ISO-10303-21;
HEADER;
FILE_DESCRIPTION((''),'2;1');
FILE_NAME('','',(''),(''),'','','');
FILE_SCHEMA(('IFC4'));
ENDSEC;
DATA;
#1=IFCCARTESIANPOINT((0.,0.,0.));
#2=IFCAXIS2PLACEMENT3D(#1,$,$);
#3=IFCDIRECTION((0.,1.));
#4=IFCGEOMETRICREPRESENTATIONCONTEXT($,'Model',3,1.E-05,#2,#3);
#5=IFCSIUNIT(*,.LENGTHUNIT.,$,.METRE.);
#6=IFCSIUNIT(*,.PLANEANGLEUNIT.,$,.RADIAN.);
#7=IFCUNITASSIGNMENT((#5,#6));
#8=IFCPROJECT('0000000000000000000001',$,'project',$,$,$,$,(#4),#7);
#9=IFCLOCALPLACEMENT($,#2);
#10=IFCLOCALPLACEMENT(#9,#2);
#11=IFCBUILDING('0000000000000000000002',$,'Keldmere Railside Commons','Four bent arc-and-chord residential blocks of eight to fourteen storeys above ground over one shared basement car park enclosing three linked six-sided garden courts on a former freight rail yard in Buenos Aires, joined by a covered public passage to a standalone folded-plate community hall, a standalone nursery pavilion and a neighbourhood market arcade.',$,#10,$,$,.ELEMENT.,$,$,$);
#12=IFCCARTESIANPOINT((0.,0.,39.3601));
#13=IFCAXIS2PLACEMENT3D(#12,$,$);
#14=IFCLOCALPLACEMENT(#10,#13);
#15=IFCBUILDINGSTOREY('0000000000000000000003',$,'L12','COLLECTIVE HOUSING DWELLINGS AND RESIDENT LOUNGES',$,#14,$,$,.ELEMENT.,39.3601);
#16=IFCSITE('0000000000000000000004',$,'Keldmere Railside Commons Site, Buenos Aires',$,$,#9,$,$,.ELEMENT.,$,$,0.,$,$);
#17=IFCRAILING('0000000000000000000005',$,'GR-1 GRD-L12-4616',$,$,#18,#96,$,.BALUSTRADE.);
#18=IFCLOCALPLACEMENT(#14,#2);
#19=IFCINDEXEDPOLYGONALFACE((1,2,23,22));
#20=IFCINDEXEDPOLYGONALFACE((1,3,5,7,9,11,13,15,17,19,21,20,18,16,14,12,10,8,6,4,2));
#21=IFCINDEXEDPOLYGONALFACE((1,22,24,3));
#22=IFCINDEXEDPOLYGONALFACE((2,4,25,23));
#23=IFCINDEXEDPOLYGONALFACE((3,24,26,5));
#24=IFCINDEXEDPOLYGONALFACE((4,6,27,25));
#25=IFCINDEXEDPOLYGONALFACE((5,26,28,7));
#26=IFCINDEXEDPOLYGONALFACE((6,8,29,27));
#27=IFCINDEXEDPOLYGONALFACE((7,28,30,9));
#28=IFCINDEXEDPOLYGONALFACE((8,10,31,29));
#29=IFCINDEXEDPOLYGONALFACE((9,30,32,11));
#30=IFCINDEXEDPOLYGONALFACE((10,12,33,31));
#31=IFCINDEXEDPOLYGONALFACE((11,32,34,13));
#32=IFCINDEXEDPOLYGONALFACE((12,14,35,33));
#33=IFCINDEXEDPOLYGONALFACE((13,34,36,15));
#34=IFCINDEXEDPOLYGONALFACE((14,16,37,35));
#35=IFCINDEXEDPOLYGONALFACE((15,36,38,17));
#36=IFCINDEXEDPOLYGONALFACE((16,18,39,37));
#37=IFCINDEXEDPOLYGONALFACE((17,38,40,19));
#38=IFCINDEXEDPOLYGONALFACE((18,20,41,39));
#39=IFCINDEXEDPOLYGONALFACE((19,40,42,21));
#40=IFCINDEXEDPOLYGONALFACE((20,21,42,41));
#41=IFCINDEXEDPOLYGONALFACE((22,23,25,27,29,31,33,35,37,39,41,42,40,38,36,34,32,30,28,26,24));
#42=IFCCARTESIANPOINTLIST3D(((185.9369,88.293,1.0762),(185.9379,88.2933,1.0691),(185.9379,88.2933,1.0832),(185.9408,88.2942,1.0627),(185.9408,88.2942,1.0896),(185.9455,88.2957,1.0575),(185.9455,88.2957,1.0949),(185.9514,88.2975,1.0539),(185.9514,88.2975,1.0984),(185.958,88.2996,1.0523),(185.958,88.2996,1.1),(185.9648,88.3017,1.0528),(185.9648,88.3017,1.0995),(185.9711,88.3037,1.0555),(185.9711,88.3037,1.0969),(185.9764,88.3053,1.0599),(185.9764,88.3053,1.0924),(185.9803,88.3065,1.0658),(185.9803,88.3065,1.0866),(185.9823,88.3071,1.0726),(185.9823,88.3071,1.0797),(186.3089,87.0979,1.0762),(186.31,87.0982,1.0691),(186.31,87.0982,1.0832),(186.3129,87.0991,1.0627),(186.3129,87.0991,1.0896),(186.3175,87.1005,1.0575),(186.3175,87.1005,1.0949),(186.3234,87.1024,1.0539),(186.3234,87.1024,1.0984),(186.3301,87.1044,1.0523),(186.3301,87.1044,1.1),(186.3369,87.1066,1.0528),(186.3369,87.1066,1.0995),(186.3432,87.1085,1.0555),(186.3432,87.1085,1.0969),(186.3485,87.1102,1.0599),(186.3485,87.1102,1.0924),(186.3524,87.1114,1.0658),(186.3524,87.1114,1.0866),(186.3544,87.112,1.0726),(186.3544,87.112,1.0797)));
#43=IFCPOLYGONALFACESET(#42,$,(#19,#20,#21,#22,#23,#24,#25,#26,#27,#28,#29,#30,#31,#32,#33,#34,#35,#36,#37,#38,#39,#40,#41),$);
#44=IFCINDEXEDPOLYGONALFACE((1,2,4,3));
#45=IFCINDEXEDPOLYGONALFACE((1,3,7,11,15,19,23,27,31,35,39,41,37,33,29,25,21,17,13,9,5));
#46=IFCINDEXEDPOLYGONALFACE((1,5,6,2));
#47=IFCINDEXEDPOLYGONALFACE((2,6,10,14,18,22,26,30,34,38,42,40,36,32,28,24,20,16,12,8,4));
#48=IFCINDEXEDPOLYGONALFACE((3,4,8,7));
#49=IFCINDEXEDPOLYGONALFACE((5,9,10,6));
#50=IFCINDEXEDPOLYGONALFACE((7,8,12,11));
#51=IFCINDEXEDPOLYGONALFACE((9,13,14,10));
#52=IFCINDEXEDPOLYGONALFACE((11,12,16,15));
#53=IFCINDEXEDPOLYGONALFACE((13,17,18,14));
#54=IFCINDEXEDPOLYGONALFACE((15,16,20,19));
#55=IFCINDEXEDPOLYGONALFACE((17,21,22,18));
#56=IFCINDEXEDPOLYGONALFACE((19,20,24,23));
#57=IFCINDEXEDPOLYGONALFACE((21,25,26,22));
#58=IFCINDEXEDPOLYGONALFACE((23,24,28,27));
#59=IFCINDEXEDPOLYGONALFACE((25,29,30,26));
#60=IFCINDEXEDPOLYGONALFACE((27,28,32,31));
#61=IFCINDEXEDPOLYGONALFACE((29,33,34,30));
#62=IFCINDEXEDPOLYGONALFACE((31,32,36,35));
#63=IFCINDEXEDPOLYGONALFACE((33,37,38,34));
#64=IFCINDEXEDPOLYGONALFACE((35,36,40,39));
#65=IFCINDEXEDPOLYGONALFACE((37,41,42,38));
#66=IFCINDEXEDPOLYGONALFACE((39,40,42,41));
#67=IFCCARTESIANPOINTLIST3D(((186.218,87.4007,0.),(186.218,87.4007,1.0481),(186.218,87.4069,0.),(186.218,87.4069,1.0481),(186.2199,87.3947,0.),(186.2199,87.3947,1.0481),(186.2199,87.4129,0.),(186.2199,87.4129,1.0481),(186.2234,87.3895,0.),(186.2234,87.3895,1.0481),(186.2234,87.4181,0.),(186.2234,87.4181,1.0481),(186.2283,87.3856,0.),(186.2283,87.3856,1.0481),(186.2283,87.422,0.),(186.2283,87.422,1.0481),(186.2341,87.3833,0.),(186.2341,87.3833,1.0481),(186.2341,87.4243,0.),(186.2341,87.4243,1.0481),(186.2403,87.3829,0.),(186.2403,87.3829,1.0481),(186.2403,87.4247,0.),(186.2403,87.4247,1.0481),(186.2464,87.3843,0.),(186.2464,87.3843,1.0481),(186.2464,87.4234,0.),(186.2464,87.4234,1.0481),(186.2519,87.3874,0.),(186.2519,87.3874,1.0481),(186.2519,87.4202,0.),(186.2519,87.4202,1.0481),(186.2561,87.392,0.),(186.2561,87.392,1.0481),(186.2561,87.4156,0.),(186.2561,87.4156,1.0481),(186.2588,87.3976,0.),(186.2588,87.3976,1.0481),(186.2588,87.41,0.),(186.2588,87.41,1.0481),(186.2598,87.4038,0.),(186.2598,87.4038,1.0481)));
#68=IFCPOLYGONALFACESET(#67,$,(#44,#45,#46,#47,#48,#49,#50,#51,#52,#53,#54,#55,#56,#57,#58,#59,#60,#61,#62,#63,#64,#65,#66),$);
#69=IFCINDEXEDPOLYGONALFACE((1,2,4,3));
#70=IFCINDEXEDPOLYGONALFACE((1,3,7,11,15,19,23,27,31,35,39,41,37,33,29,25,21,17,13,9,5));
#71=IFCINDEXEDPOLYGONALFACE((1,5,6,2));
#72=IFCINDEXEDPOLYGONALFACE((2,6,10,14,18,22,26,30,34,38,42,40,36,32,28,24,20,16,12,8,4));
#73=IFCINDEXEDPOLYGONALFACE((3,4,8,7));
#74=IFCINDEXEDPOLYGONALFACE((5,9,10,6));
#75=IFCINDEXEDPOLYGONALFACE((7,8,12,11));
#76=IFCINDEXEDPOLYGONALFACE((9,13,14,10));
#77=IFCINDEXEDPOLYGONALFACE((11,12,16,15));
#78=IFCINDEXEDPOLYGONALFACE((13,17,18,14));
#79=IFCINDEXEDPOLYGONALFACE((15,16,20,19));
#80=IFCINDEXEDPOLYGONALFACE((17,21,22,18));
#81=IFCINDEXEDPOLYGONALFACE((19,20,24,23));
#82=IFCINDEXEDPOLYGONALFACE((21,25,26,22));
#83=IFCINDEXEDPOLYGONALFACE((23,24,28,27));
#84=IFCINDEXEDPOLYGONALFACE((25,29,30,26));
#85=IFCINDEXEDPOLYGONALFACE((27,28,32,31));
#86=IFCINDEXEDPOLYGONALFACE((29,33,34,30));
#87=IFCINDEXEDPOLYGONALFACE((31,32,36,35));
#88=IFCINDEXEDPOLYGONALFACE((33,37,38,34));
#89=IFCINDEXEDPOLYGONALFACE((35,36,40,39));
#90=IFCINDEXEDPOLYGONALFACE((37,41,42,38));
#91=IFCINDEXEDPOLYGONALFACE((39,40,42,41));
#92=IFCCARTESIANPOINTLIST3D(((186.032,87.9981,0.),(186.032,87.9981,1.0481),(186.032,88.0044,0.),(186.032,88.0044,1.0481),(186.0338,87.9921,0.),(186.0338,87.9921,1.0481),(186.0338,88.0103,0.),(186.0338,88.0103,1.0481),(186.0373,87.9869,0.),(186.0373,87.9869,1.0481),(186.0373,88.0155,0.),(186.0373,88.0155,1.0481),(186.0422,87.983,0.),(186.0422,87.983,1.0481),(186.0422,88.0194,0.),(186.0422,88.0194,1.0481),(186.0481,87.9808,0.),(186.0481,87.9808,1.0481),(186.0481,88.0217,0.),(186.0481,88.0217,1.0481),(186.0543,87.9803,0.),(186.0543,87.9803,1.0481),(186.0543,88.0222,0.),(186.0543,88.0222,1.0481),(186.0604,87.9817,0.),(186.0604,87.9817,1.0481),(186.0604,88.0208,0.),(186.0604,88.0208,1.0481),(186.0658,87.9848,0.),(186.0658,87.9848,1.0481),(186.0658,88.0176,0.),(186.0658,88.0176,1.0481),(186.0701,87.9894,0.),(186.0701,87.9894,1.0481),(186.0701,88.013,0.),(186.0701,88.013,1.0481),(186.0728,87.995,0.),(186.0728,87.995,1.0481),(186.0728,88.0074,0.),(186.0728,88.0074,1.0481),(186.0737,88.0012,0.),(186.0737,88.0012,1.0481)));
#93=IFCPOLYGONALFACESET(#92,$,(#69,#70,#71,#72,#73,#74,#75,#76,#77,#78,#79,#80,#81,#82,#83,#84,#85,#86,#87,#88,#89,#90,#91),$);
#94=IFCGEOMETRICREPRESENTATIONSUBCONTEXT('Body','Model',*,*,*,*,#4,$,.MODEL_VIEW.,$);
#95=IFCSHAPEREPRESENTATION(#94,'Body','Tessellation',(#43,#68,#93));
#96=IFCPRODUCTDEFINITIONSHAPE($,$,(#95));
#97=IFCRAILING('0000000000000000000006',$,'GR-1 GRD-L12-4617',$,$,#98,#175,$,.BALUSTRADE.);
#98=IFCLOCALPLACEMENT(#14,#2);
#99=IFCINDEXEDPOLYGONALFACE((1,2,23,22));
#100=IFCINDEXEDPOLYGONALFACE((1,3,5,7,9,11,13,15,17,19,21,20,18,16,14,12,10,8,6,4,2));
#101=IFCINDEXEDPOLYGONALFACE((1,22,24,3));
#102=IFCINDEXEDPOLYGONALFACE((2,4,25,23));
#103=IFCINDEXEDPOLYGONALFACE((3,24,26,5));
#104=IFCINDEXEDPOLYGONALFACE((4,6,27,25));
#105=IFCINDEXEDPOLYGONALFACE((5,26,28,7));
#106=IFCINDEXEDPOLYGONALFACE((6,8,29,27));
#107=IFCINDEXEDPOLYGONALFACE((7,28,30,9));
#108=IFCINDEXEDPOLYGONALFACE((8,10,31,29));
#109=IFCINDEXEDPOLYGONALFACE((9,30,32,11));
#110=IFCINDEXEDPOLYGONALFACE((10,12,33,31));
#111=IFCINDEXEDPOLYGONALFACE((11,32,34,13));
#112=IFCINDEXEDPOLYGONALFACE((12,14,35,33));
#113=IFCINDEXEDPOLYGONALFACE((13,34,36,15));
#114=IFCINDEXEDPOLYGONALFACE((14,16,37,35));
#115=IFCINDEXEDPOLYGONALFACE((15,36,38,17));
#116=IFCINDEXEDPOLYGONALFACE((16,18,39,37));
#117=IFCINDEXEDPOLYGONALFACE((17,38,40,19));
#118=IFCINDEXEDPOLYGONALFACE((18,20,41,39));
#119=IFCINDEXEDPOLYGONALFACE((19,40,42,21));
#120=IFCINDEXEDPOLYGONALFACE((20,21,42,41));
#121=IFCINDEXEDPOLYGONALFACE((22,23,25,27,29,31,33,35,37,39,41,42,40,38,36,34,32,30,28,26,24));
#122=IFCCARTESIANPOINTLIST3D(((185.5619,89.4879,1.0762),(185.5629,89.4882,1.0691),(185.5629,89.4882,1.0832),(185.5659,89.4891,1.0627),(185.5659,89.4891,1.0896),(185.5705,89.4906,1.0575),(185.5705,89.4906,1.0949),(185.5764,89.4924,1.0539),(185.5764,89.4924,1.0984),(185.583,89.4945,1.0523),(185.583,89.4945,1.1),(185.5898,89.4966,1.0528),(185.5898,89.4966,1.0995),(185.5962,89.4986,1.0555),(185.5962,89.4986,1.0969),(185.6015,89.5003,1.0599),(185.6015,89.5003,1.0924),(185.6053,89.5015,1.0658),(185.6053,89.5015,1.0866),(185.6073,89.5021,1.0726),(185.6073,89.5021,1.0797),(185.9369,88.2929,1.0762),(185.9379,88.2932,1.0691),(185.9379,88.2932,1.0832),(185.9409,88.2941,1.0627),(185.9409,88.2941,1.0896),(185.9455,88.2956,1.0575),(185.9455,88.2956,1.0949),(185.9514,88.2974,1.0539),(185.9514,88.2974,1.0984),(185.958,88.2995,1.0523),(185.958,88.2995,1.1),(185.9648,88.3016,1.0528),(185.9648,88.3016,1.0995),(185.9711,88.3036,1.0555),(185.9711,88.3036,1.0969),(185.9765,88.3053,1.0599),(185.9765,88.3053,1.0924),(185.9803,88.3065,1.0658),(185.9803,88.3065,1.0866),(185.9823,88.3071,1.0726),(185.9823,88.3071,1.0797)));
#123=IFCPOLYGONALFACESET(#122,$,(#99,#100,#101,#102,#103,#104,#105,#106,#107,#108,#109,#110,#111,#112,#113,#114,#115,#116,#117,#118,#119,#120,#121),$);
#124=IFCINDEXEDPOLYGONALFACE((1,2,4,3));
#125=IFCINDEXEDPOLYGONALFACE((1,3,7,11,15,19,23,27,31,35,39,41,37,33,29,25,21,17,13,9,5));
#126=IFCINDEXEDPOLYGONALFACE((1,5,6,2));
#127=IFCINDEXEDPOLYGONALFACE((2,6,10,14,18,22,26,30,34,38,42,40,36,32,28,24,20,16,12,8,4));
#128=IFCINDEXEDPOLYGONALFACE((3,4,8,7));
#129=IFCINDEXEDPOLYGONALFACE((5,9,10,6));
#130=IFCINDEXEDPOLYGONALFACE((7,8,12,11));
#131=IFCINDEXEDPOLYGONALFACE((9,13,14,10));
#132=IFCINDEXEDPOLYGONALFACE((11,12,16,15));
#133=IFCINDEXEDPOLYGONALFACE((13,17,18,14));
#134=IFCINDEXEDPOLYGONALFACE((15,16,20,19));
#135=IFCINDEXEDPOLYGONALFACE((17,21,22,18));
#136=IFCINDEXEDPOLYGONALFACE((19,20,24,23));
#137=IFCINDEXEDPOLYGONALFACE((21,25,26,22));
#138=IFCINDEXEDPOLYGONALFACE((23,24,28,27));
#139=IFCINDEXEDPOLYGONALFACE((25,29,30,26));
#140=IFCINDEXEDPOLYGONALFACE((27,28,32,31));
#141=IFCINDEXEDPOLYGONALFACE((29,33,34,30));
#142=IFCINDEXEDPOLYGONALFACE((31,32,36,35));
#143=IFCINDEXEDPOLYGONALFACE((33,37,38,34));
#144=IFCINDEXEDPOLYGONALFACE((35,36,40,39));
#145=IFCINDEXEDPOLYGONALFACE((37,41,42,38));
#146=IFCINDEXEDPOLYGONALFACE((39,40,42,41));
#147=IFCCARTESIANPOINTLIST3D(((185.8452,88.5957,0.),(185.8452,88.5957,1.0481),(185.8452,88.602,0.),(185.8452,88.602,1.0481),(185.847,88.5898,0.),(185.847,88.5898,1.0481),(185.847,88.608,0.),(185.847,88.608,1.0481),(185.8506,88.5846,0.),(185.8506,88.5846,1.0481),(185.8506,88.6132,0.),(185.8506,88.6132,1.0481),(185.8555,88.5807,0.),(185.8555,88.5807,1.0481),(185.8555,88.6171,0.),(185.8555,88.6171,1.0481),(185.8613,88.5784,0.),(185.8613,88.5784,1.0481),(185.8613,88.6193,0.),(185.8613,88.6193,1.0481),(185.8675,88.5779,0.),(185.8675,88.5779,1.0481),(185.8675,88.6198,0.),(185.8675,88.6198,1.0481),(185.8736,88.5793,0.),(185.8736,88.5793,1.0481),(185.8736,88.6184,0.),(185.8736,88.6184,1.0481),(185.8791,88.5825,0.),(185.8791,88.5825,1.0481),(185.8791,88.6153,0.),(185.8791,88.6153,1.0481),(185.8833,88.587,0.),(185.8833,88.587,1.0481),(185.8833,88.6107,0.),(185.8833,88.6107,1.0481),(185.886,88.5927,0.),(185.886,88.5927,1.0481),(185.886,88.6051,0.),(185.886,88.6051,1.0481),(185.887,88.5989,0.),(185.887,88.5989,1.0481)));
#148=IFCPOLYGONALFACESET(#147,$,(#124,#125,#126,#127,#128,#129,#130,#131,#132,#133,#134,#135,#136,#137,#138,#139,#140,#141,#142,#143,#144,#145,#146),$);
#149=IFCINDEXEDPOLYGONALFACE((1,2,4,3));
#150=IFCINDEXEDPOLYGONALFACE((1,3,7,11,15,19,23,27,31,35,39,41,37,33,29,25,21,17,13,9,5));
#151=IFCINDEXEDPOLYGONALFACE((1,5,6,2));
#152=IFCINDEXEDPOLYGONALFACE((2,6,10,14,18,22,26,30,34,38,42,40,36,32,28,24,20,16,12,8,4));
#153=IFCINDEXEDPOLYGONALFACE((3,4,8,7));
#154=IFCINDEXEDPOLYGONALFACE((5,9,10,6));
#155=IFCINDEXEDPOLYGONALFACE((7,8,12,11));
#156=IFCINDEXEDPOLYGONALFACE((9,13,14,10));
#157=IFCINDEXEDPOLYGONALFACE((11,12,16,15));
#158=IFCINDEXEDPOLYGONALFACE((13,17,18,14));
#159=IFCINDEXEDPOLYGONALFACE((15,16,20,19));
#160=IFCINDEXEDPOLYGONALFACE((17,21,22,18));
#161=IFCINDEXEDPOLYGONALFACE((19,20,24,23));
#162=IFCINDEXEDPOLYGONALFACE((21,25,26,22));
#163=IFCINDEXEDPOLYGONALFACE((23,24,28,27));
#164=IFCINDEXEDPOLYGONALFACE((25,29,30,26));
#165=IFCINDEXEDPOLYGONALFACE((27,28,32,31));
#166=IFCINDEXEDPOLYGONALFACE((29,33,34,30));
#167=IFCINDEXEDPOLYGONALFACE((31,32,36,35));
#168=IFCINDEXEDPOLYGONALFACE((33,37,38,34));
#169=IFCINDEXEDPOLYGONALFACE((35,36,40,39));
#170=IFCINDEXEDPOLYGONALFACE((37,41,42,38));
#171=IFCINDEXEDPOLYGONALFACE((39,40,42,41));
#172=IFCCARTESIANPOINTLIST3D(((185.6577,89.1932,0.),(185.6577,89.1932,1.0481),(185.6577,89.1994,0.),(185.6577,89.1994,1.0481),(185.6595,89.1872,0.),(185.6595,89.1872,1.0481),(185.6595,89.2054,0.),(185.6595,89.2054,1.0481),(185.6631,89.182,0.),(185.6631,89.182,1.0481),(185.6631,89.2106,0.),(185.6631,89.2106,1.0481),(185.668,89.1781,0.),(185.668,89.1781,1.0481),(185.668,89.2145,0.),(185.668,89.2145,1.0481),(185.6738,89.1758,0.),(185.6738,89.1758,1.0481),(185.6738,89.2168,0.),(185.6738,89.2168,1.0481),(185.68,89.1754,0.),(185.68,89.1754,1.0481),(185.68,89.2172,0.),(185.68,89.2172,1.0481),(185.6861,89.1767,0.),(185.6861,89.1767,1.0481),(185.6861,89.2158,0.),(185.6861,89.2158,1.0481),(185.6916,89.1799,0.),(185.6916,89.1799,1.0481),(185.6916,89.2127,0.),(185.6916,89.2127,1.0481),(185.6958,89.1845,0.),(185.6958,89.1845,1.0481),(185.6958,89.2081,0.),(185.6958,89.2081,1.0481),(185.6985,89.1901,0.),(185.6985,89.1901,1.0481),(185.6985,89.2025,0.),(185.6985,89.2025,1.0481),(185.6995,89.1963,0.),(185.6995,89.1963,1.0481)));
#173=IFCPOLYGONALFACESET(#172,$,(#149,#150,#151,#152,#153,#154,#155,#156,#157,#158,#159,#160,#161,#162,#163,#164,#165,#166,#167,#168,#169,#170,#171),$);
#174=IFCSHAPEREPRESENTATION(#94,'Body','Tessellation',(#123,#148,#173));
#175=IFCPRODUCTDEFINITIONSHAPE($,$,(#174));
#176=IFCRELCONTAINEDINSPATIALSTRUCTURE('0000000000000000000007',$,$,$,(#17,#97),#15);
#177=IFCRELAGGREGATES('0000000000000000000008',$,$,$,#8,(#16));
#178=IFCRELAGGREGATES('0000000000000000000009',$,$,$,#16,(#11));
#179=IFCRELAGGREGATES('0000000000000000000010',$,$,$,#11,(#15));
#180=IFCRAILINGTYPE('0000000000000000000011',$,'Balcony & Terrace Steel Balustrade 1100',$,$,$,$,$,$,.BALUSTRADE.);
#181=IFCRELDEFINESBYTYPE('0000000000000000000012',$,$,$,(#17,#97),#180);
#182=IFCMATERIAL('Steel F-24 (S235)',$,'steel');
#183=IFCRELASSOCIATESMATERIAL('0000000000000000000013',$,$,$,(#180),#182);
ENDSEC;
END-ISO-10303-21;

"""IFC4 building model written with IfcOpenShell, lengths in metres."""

from ifc_helpers import new_model, si_unit, direction, frame, origin, origin_2d, place, context, subcontext, project, spatial, circle, extrude, material, type_object, element, save


model = new_model("IFC4")

# Units and contexts
model_context = context("Model", 3, precision=1e-05, world=origin(), true_north=direction((0.0, 1.0)))
body_context = subcontext(model_context, "Body", "Model", "MODEL_VIEW")
ifc_project = project(units=[si_unit("LENGTHUNIT", "METRE"), si_unit("PLANEANGLEUNIT", "RADIAN")], contexts=[model_context])

# Site, building, storey
site_placement = place(None, origin())
site = spatial("IfcSite", under=ifc_project, at=site_placement, Name="Keldmere Railside Commons Site, Buenos Aires", CompositionType="ELEMENT", RefElevation=0.0)
building_placement = place(site_placement, origin())
building = spatial("IfcBuilding", under=site, at=building_placement, Name="Keldmere Railside Commons", Description="Four bent arc-and-chord residential blocks of eight to fourteen storeys above ground over one shared basement car park enclosing three linked six-sided garden courts on a former freight rail yard in Buenos Aires, joined by a covered public passage to a standalone folded-plate community hall, a standalone nursery pavilion and a neighbourhood market arcade.", CompositionType="ELEMENT")
storey_placement = place(building_placement, frame((0.0, 0.0, 39.3601)))
storey = spatial("IfcBuildingStorey", under=building, at=storey_placement, Name="L12", Description="COLLECTIVE HOUSING DWELLINGS AND RESIDENT LOUNGES", CompositionType="ELEMENT", Elevation=39.3601)

# Railings
ifc_material_1 = material(Name="Steel F-24 (S235)", Category="steel")
railing_type = type_object("IfcRailingType", Name="Balcony & Terrace Steel Balustrade 1100", PredefinedType="BALUSTRADE", material=ifc_material_1)
railing_1_placement = place(storey_placement, frame((186.3318, 87.105, 0.0)))
element("IfcRailing", 1, at=railing_1_placement, inside=storey, type_object=railing_type, Name="GR-1 GRD-L12-4616", PredefinedType="BALUSTRADE", context=body_context, shape_type="SweptSolid", body=[
    extrude(circle(Radius=0.0239, at=origin_2d()), frame((0.0, 0.0, 1.0762), z_axis=(-0.297264, 0.954795, 0.0), x_axis=(-0.954795, -0.297264, 0.0)), (0.0, 0.0, 1.0), 1.2517),
    extrude(circle(Radius=0.021, at=origin_2d()), frame((-0.093, 0.2988, 0.0)), (0.0, 0.0, 1.0), 1.0481),
    extrude(circle(Radius=0.021, at=origin_2d()), frame((-0.2791, 0.8962, 0.0)), (0.0, 0.0, 1.0), 1.0481),
])
railing_2_placement = place(storey_placement, frame((185.9597, 88.3, 0.0)))
element("IfcRailing", 2, at=railing_2_placement, inside=storey, type_object=railing_type, Name="GR-1 GRD-L12-4617", PredefinedType="BALUSTRADE", context=body_context, shape_type="SweptSolid", body=[
    extrude(circle(Radius=0.0239, at=origin_2d()), frame((0.0, 0.0, 1.0762), z_axis=(-0.299396, 0.954129, 0.0), x_axis=(-0.954129, -0.299396, 0.0)), (0.0, 0.0, 1.0), 1.2524),
    extrude(circle(Radius=0.021, at=origin_2d()), frame((-0.0938, 0.2988, 0.0)), (0.0, 0.0, 1.0), 1.0481),
    extrude(circle(Radius=0.021, at=origin_2d()), frame((-0.2812, 0.8962, 0.0)), (0.0, 0.0, 1.0), 1.0481),
])

save(model, "model.ifc")
